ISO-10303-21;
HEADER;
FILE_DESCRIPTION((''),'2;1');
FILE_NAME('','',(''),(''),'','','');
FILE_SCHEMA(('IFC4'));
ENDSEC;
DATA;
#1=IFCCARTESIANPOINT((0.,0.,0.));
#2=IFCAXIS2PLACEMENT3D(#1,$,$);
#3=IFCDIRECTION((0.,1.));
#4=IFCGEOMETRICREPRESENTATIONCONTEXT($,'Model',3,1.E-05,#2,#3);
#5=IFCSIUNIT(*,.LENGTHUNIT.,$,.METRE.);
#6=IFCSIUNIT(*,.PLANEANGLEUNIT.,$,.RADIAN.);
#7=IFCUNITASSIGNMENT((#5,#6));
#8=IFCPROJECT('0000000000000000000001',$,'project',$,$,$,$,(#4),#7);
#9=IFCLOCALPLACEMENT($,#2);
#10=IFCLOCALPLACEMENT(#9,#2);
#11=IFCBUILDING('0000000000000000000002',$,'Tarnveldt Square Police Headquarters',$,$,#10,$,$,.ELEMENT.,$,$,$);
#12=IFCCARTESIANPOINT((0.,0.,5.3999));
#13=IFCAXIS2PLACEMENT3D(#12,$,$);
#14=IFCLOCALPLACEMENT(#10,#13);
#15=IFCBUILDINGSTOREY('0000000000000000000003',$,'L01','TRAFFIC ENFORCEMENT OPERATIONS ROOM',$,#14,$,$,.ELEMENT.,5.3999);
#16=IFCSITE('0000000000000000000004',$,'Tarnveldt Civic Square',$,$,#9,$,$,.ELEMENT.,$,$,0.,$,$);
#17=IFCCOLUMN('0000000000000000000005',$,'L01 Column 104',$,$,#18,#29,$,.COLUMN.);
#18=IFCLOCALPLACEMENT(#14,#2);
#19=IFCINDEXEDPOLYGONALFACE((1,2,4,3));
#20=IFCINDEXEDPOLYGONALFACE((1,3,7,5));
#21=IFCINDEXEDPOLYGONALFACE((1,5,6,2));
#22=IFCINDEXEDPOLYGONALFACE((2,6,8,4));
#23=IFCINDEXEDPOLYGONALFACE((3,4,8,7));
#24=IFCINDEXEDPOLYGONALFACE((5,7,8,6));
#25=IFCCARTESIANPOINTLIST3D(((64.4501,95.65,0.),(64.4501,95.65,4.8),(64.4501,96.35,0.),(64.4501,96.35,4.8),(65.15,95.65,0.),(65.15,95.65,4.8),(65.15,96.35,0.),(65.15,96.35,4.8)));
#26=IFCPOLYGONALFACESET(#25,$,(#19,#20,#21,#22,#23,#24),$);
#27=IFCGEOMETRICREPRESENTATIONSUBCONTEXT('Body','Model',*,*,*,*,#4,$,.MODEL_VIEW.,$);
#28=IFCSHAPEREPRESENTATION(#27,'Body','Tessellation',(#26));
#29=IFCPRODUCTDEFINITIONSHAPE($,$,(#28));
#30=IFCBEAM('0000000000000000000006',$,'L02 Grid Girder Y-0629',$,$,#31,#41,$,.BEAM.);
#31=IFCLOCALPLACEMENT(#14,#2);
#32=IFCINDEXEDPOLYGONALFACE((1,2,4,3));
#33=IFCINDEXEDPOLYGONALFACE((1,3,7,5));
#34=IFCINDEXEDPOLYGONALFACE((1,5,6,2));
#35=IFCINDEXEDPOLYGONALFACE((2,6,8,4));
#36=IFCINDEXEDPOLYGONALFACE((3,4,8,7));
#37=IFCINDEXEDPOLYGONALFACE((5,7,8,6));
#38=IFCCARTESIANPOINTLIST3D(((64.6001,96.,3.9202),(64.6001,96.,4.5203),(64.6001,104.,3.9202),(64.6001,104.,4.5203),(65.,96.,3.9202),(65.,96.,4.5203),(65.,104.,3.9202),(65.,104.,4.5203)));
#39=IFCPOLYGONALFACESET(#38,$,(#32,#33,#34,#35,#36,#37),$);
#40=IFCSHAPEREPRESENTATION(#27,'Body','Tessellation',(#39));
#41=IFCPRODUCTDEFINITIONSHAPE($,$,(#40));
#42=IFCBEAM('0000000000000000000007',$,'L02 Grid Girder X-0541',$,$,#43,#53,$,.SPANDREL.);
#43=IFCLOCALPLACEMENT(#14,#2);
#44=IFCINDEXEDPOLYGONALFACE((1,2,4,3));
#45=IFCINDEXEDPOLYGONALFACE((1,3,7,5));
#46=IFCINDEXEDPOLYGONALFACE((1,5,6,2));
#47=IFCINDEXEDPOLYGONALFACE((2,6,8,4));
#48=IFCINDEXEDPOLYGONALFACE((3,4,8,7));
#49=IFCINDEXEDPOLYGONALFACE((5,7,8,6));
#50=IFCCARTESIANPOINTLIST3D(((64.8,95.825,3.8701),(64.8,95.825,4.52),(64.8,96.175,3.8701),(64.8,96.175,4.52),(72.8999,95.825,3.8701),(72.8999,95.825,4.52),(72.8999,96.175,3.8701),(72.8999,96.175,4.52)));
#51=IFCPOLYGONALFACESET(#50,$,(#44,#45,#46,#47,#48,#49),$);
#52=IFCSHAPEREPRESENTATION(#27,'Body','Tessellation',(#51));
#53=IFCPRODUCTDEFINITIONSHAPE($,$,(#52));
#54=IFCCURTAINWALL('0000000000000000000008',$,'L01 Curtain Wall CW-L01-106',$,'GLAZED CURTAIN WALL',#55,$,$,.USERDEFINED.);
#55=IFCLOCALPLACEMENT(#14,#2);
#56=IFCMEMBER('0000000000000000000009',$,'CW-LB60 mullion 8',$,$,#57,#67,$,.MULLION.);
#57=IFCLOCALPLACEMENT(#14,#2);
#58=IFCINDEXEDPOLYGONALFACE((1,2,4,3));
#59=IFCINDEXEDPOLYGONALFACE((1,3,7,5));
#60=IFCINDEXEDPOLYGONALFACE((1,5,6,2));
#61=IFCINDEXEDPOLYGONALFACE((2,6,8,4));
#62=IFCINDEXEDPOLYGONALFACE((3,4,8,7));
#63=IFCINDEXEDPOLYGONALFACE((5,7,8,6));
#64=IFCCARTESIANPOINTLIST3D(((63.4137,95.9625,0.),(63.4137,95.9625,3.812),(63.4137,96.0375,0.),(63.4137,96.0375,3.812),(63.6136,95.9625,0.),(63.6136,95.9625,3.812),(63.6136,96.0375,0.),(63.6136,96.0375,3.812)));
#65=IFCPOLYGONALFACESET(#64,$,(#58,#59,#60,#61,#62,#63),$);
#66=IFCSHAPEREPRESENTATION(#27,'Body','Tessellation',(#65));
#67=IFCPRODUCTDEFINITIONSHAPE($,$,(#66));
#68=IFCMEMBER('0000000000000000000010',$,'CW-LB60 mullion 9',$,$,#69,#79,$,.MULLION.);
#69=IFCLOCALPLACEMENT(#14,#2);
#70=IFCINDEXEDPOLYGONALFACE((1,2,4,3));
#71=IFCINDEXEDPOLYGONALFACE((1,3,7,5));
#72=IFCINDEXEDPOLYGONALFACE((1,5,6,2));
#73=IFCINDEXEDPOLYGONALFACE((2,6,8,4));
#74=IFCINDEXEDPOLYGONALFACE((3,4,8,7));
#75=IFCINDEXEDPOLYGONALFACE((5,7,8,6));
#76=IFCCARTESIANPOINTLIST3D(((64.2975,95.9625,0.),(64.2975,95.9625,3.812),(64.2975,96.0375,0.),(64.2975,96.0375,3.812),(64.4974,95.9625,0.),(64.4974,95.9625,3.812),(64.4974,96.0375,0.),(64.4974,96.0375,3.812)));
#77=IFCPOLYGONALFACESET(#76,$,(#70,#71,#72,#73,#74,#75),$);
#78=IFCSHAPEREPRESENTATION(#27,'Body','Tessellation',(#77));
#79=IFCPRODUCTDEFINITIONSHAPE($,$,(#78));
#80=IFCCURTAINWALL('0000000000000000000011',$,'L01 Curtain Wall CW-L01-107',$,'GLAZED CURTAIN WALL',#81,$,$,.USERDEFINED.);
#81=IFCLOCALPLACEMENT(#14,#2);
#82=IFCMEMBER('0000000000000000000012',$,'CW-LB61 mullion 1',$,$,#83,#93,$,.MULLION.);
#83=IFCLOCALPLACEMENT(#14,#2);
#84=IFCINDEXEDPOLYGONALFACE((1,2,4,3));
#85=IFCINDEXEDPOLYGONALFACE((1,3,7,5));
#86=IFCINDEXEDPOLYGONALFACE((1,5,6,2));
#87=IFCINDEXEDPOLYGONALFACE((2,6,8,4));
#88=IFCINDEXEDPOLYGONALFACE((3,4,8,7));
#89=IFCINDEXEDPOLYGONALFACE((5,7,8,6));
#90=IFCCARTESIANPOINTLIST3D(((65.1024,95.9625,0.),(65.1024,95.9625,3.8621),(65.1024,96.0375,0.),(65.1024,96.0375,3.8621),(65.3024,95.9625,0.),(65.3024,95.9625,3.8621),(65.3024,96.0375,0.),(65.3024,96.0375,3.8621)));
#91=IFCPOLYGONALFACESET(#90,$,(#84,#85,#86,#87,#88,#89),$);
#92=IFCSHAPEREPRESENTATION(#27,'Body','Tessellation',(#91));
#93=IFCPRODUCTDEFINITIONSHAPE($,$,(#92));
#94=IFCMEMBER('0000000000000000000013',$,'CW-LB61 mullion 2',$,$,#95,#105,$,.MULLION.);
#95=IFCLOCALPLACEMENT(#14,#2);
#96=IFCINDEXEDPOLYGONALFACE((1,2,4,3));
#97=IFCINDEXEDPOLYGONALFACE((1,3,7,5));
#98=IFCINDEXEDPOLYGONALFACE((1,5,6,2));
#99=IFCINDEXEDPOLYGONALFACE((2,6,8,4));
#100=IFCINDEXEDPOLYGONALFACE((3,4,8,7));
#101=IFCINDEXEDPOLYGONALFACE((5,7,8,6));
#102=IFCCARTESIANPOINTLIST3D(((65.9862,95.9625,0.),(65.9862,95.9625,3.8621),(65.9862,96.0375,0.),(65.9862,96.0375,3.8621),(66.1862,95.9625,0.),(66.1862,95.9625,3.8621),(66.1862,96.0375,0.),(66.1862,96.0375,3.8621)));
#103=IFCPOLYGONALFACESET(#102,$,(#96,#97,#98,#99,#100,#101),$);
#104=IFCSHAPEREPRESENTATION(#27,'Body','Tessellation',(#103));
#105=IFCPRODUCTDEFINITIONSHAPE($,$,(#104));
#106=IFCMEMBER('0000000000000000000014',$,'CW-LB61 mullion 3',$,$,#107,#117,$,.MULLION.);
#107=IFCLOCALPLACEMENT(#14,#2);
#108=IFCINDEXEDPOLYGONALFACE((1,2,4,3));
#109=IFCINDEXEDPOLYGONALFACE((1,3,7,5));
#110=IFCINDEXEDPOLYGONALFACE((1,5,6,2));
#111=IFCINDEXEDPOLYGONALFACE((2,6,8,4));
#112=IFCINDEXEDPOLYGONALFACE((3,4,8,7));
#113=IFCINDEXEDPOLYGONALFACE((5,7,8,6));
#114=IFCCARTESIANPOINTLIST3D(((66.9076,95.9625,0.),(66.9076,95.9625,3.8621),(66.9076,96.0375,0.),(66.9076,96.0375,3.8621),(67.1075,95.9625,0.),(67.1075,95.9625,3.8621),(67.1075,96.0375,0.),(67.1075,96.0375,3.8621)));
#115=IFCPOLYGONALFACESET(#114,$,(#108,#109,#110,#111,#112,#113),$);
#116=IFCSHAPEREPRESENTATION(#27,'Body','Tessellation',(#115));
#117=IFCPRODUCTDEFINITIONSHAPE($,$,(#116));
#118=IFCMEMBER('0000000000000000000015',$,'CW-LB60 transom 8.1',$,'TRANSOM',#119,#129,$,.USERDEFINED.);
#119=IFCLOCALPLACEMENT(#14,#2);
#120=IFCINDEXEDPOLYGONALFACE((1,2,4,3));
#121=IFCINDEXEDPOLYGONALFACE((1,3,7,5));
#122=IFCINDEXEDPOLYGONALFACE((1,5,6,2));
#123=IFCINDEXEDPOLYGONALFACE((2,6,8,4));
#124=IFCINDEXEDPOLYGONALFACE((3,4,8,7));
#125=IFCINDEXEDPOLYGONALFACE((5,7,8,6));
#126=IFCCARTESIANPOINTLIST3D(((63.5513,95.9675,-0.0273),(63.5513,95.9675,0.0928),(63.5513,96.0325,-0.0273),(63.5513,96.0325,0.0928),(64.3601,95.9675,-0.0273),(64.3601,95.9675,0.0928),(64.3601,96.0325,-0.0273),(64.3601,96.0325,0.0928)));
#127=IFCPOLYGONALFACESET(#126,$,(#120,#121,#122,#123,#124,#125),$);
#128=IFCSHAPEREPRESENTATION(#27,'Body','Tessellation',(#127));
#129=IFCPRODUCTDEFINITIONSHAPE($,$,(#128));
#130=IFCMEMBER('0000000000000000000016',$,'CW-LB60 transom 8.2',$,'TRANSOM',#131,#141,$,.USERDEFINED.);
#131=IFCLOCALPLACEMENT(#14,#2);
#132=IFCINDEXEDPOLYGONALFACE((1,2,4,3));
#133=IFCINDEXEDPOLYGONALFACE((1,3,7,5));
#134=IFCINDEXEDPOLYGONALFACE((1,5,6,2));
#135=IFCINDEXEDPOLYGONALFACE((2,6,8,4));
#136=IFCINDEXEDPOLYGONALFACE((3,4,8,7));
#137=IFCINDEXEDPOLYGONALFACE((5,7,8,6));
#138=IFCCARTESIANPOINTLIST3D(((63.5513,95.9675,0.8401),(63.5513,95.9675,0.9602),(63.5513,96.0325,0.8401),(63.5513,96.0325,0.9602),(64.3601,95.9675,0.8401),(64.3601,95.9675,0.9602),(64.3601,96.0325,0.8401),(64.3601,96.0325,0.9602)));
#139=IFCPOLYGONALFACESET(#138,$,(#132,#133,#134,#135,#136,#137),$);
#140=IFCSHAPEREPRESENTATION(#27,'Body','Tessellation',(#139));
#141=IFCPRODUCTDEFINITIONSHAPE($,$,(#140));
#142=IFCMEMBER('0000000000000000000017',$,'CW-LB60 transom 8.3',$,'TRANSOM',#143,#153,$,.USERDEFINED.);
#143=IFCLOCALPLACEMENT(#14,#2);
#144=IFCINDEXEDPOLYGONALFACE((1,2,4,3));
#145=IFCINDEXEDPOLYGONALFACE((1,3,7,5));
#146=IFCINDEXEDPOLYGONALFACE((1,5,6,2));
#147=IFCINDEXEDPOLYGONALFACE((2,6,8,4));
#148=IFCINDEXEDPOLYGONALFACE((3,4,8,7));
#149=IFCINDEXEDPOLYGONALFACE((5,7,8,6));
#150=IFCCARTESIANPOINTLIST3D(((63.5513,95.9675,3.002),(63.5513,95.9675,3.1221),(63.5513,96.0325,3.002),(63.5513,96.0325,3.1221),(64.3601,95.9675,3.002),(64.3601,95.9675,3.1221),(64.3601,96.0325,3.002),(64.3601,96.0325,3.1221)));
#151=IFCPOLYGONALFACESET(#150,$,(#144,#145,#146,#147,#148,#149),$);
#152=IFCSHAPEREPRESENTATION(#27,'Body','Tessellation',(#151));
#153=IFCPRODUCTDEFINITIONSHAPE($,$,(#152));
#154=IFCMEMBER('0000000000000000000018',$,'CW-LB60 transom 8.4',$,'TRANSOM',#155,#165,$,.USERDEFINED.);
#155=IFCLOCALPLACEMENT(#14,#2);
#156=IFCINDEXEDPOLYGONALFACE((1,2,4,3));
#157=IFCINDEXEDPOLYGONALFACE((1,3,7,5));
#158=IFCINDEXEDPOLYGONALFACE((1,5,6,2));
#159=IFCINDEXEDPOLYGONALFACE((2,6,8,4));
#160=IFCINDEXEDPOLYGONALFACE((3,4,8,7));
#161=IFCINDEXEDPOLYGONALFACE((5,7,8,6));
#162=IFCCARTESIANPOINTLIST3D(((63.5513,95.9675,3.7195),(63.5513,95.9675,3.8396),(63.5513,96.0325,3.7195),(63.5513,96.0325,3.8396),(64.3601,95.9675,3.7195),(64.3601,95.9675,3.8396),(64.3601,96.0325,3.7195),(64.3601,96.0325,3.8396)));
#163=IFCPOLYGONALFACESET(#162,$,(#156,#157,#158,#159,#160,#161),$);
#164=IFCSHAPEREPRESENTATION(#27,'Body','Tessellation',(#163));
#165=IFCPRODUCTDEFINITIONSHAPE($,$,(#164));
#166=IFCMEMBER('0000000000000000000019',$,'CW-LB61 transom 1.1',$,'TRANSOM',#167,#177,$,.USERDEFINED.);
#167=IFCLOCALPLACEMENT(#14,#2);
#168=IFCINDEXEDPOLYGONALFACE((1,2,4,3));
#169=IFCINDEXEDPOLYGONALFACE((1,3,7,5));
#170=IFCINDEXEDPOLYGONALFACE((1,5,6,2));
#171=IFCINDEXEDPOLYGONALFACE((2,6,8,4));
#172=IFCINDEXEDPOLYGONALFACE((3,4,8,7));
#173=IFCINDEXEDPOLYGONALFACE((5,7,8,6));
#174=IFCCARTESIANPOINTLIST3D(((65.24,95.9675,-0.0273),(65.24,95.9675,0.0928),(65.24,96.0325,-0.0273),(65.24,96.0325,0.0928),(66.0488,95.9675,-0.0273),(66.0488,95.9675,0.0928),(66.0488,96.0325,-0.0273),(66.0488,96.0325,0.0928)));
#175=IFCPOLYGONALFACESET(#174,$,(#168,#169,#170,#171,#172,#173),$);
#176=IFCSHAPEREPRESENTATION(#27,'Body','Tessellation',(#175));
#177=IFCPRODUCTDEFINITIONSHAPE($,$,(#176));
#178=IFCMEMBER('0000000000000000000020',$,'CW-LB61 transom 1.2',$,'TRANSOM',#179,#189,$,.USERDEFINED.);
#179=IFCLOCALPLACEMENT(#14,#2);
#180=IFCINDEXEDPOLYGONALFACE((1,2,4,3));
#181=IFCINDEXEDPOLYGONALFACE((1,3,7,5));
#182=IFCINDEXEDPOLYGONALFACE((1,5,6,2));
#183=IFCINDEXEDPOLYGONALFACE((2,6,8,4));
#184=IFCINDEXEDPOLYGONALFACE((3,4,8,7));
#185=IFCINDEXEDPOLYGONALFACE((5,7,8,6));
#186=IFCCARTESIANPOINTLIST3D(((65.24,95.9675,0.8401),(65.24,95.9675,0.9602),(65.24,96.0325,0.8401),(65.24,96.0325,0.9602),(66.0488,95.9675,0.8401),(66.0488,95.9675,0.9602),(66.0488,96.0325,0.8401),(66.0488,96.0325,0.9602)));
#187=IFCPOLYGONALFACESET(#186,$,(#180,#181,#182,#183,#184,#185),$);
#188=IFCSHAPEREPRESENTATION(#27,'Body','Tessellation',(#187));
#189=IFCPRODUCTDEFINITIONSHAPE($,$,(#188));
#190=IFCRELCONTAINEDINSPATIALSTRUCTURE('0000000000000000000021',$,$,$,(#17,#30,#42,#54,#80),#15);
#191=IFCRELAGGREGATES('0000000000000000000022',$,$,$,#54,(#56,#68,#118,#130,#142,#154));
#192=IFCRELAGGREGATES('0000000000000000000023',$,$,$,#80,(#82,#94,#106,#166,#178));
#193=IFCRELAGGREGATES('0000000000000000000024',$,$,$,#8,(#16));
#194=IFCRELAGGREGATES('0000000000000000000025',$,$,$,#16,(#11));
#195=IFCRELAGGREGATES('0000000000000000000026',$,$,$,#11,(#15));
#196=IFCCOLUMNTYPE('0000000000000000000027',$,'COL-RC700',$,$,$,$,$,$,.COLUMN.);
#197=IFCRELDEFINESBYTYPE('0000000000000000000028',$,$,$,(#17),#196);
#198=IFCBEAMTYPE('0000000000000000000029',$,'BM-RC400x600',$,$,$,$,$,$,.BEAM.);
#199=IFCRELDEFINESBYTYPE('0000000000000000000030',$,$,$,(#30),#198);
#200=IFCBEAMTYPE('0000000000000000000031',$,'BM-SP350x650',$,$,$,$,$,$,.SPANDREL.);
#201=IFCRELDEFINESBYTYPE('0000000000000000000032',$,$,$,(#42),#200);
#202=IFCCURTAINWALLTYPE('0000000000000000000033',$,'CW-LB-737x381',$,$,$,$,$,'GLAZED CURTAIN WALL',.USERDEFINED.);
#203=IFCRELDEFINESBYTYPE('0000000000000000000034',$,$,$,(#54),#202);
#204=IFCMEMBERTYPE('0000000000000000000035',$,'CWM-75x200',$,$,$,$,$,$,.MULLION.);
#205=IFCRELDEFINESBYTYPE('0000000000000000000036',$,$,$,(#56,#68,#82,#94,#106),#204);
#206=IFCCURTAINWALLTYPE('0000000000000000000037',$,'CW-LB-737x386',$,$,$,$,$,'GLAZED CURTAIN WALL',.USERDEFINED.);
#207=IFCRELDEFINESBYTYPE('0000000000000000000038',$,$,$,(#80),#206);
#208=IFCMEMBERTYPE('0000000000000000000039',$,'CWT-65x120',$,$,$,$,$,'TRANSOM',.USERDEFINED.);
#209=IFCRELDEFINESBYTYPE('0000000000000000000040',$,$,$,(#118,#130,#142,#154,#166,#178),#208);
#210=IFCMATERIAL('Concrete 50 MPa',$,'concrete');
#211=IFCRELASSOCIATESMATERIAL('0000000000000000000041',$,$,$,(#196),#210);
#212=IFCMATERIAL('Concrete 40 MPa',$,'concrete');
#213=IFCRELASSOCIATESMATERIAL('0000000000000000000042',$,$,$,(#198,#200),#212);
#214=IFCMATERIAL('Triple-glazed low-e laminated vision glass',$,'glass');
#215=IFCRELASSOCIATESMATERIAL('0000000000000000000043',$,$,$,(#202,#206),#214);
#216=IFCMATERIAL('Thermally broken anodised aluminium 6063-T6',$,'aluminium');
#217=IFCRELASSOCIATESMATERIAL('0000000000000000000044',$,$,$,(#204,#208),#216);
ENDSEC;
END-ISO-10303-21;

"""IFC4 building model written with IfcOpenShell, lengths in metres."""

from ifc_helpers import new_model, si_unit, direction, frame, origin, origin_2d, place, context, subcontext, project, spatial, rectangle, extrude, material, material_profile, profile_set, type_object, element, aggregate, save


model = new_model("IFC4")

# Units and contexts
model_context = context("Model", 3, precision=1e-05, world=origin(), true_north=direction((0.0, 1.0)))
body_context = subcontext(model_context, "Body", "Model", "MODEL_VIEW")
ifc_project = project(units=[si_unit("LENGTHUNIT", "METRE"), si_unit("PLANEANGLEUNIT", "RADIAN")], contexts=[model_context])

# Site, building, storey
site_placement = place(None, origin())
site = spatial("IfcSite", under=ifc_project, at=site_placement, Name="Tarnveldt Civic Square", CompositionType="ELEMENT", RefElevation=0.0)
building_placement = place(site_placement, origin())
building = spatial("IfcBuilding", under=site, at=building_placement, Name="Tarnveldt Square Police Headquarters", CompositionType="ELEMENT")
storey_placement = place(building_placement, frame((0.0, 0.0, 5.3999)))
storey = spatial("IfcBuildingStorey", under=building, at=storey_placement, Name="L01", Description="TRAFFIC ENFORCEMENT OPERATIONS ROOM", CompositionType="ELEMENT", Elevation=5.3999)

# Column
ifc_material_1 = material(Name="Concrete 50 MPa", Category="concrete")
ifc_material_profile_1 = material_profile(ifc_material_1, rectangle(XDim=0.7, YDim=0.7, at=origin_2d()), Name="RC-C700x700")
ifc_profile_set_1 = profile_set([ifc_material_profile_1], Name="Concrete 50 MPa")
column_type = type_object("IfcColumnType", Name="COL-RC700", PredefinedType="COLUMN", material=ifc_profile_set_1)
column_placement = place(storey_placement, frame((64.8, 96.0, 0.0), z_axis=(0.0, 0.0, 1.0), x_axis=(1.0, 0.0, 0.0)))
element("IfcColumn", 1, at=column_placement, inside=storey, type_object=column_type, Name="L01 Column 104", PredefinedType="COLUMN", context=body_context, shape_type="SweptSolid", body=[
    extrude(rectangle(XDim=0.7, YDim=0.7, at=origin_2d()), origin(), (0.0, 0.0, 1.0), 4.8),
])

# Beams
ifc_material_2 = material(Name="Concrete 40 MPa", Category="concrete")
ifc_material_profile_2 = material_profile(ifc_material_2, rectangle(XDim=0.3999, YDim=0.6001, at=origin_2d()), Name="RC-B400x600")
ifc_profile_set_2 = profile_set([ifc_material_profile_2], Name="Concrete 40 MPa")
beam_type_1 = type_object("IfcBeamType", Name="BM-RC400x600", PredefinedType="BEAM", material=ifc_profile_set_2)
beam_1_placement = place(storey_placement, frame((64.8, 96.0, 4.2202), z_axis=(0.0, 1.0, 0.0), x_axis=(-1.0, 0.0, 0.0)))
element("IfcBeam", 2, at=beam_1_placement, inside=storey, type_object=beam_type_1, Name="L02 Grid Girder Y-0629", PredefinedType="BEAM", context=body_context, shape_type="SweptSolid", body=[
    extrude(rectangle(XDim=0.3999, YDim=0.6001, at=origin_2d()), origin(), (0.0, 0.0, 1.0), 8.0),
])
ifc_material_profile_3 = material_profile(ifc_material_2, rectangle(XDim=0.3501, YDim=0.6499, at=origin_2d()), Name="RC-SP350x650")
ifc_profile_set_3 = profile_set([ifc_material_profile_3], Name="Concrete 40 MPa")
beam_type_2 = type_object("IfcBeamType", Name="BM-SP350x650", PredefinedType="SPANDREL", material=ifc_profile_set_3)
beam_2_placement = place(storey_placement, frame((64.8, 96.0, 4.1951), z_axis=(1.0, 0.0, 0.0), x_axis=(0.0, 1.0, 0.0)))
element("IfcBeam", 3, at=beam_2_placement, inside=storey, type_object=beam_type_2, Name="L02 Grid Girder X-0541", PredefinedType="SPANDREL", context=body_context, shape_type="SweptSolid", body=[
    extrude(rectangle(XDim=0.3501, YDim=0.6499, at=origin_2d()), origin(), (0.0, 0.0, 1.0), 8.0999),
])

# Curtain walls, members
ifc_material_3 = material(Name="Triple-glazed low-e laminated vision glass", Category="glass")
curtain_wall_type_1 = type_object("IfcCurtainWallType", Name="CW-LB-737x381", ElementType="GLAZED CURTAIN WALL", PredefinedType="USERDEFINED", material=ifc_material_3)
curtain_wall_1_placement = place(storey_placement, origin())
curtain_wall_1 = element("IfcCurtainWall", 4, at=curtain_wall_1_placement, inside=storey, type_object=curtain_wall_type_1, Name="L01 Curtain Wall CW-L01-106", ObjectType="GLAZED CURTAIN WALL", PredefinedType="USERDEFINED")
ifc_material_4 = material(Name="Thermally broken anodised aluminium 6063-T6", Category="aluminium")
ifc_material_profile_4 = material_profile(ifc_material_4, rectangle(XDim=0.075, YDim=0.2, at=origin_2d()), Name="CW-M75x200")
ifc_profile_set_4 = profile_set([ifc_material_profile_4], Name="Thermally broken anodised aluminium 6063-T6")
member_type_1 = type_object("IfcMemberType", Name="CWM-75x200", PredefinedType="MULLION", material=ifc_profile_set_4)
member_1_placement = place(storey_placement, frame((63.5137, 96.0, 0.0), z_axis=(0.0, 0.0, 1.0), x_axis=(0.0, 1.0, 0.0)))
member_1 = element("IfcMember", 5, at=member_1_placement, type_object=member_type_1, Name="CW-LB60 mullion 8", PredefinedType="MULLION", context=body_context, shape_type="SweptSolid", body=[
    extrude(rectangle(XDim=0.075, YDim=0.2, at=origin_2d()), origin(), (0.0, 0.0, 1.0), 3.812),
])
member_2_placement = place(storey_placement, frame((64.3975, 96.0, 0.0), z_axis=(0.0, 0.0, 1.0), x_axis=(0.0, 1.0, 0.0)))
member_2 = element("IfcMember", 6, at=member_2_placement, type_object=member_type_1, Name="CW-LB60 mullion 9", PredefinedType="MULLION", context=body_context, shape_type="SweptSolid", body=[
    extrude(rectangle(XDim=0.075, YDim=0.2, at=origin_2d()), origin(), (0.0, 0.0, 1.0), 3.812),
])
curtain_wall_type_2 = type_object("IfcCurtainWallType", Name="CW-LB-737x386", ElementType="GLAZED CURTAIN WALL", PredefinedType="USERDEFINED", material=ifc_material_3)
curtain_wall_2_placement = place(storey_placement, origin())
curtain_wall_2 = element("IfcCurtainWall", 7, at=curtain_wall_2_placement, inside=storey, type_object=curtain_wall_type_2, Name="L01 Curtain Wall CW-L01-107", ObjectType="GLAZED CURTAIN WALL", PredefinedType="USERDEFINED")
member_3_placement = place(storey_placement, frame((65.2024, 96.0, 0.0), z_axis=(0.0, 0.0, 1.0), x_axis=(0.0, 1.0, 0.0)))
member_3 = element("IfcMember", 8, at=member_3_placement, type_object=member_type_1, Name="CW-LB61 mullion 1", PredefinedType="MULLION", context=body_context, shape_type="SweptSolid", body=[
    extrude(rectangle(XDim=0.075, YDim=0.2, at=origin_2d()), origin(), (0.0, 0.0, 1.0), 3.8621),
])
member_4_placement = place(storey_placement, frame((66.0862, 96.0, 0.0), z_axis=(0.0, 0.0, 1.0), x_axis=(0.0, 1.0, 0.0)))
member_4 = element("IfcMember", 9, at=member_4_placement, type_object=member_type_1, Name="CW-LB61 mullion 2", PredefinedType="MULLION", context=body_context, shape_type="SweptSolid", body=[
    extrude(rectangle(XDim=0.075, YDim=0.2, at=origin_2d()), origin(), (0.0, 0.0, 1.0), 3.8621),
])
member_5_placement = place(storey_placement, frame((67.0076, 96.0, 0.0), z_axis=(0.0, 0.0, 1.0), x_axis=(0.0, 1.0, 0.0)))
member_5 = element("IfcMember", 10, at=member_5_placement, type_object=member_type_1, Name="CW-LB61 mullion 3", PredefinedType="MULLION", context=body_context, shape_type="SweptSolid", body=[
    extrude(rectangle(XDim=0.075, YDim=0.2, at=origin_2d()), origin(), (0.0, 0.0, 1.0), 3.8621),
])

# Members
ifc_material_profile_5 = material_profile(ifc_material_4, rectangle(XDim=0.0649, YDim=0.1201, at=origin_2d()), Name="CW-T65x120")
ifc_profile_set_5 = profile_set([ifc_material_profile_5], Name="Thermally broken anodised aluminium 6063-T6")
member_type_2 = type_object("IfcMemberType", Name="CWT-65x120", ElementType="TRANSOM", PredefinedType="USERDEFINED", material=ifc_profile_set_5)
member_6_placement = place(storey_placement, frame((63.5513, 96.0, 0.0327), z_axis=(1.0, 0.0, 0.0), x_axis=(0.0, 1.0, 0.0)))
member_6 = element("IfcMember", 11, at=member_6_placement, type_object=member_type_2, Name="CW-LB60 transom 8.1", ObjectType="TRANSOM", PredefinedType="USERDEFINED", context=body_context, shape_type="SweptSolid", body=[
    extrude(rectangle(XDim=0.0649, YDim=0.1201, at=origin_2d()), origin(), (0.0, 0.0, 1.0), 0.8088),
])
member_7_placement = place(storey_placement, frame((63.5513, 96.0, 0.9001), z_axis=(1.0, 0.0, 0.0), x_axis=(0.0, 1.0, 0.0)))
member_7 = element("IfcMember", 12, at=member_7_placement, type_object=member_type_2, Name="CW-LB60 transom 8.2", ObjectType="TRANSOM", PredefinedType="USERDEFINED", context=body_context, shape_type="SweptSolid", body=[
    extrude(rectangle(XDim=0.0649, YDim=0.1201, at=origin_2d()), origin(), (0.0, 0.0, 1.0), 0.8088),
])
member_8_placement = place(storey_placement, frame((63.5513, 96.0, 3.062), z_axis=(1.0, 0.0, 0.0), x_axis=(0.0, 1.0, 0.0)))
member_8 = element("IfcMember", 13, at=member_8_placement, type_object=member_type_2, Name="CW-LB60 transom 8.3", ObjectType="TRANSOM", PredefinedType="USERDEFINED", context=body_context, shape_type="SweptSolid", body=[
    extrude(rectangle(XDim=0.0649, YDim=0.1201, at=origin_2d()), origin(), (0.0, 0.0, 1.0), 0.8088),
])
member_9_placement = place(storey_placement, frame((63.5513, 96.0, 3.7795), z_axis=(1.0, 0.0, 0.0), x_axis=(0.0, 1.0, 0.0)))
member_9 = element("IfcMember", 14, at=member_9_placement, type_object=member_type_2, Name="CW-LB60 transom 8.4", ObjectType="TRANSOM", PredefinedType="USERDEFINED", context=body_context, shape_type="SweptSolid", body=[
    extrude(rectangle(XDim=0.0649, YDim=0.1201, at=origin_2d()), origin(), (0.0, 0.0, 1.0), 0.8088),
])
member_10_placement = place(storey_placement, frame((65.24, 96.0, 0.0327), z_axis=(1.0, 0.0, 0.0), x_axis=(0.0, 1.0, 0.0)))
member_10 = element("IfcMember", 15, at=member_10_placement, type_object=member_type_2, Name="CW-LB61 transom 1.1", ObjectType="TRANSOM", PredefinedType="USERDEFINED", context=body_context, shape_type="SweptSolid", body=[
    extrude(rectangle(XDim=0.0649, YDim=0.1201, at=origin_2d()), origin(), (0.0, 0.0, 1.0), 0.8088),
])
member_11_placement = place(storey_placement, frame((65.24, 96.0, 0.9001), z_axis=(1.0, 0.0, 0.0), x_axis=(0.0, 1.0, 0.0)))
member_11 = element("IfcMember", 16, at=member_11_placement, type_object=member_type_2, Name="CW-LB61 transom 1.2", ObjectType="TRANSOM", PredefinedType="USERDEFINED", context=body_context, shape_type="SweptSolid", body=[
    extrude(rectangle(XDim=0.0649, YDim=0.1201, at=origin_2d()), origin(), (0.0, 0.0, 1.0), 0.8088),
])

aggregate(curtain_wall_1, [member_1, member_2, member_6, member_7, member_8, member_9])
aggregate(curtain_wall_2, [member_3, member_4, member_5, member_10, member_11])

save(model, "model.ifc")
